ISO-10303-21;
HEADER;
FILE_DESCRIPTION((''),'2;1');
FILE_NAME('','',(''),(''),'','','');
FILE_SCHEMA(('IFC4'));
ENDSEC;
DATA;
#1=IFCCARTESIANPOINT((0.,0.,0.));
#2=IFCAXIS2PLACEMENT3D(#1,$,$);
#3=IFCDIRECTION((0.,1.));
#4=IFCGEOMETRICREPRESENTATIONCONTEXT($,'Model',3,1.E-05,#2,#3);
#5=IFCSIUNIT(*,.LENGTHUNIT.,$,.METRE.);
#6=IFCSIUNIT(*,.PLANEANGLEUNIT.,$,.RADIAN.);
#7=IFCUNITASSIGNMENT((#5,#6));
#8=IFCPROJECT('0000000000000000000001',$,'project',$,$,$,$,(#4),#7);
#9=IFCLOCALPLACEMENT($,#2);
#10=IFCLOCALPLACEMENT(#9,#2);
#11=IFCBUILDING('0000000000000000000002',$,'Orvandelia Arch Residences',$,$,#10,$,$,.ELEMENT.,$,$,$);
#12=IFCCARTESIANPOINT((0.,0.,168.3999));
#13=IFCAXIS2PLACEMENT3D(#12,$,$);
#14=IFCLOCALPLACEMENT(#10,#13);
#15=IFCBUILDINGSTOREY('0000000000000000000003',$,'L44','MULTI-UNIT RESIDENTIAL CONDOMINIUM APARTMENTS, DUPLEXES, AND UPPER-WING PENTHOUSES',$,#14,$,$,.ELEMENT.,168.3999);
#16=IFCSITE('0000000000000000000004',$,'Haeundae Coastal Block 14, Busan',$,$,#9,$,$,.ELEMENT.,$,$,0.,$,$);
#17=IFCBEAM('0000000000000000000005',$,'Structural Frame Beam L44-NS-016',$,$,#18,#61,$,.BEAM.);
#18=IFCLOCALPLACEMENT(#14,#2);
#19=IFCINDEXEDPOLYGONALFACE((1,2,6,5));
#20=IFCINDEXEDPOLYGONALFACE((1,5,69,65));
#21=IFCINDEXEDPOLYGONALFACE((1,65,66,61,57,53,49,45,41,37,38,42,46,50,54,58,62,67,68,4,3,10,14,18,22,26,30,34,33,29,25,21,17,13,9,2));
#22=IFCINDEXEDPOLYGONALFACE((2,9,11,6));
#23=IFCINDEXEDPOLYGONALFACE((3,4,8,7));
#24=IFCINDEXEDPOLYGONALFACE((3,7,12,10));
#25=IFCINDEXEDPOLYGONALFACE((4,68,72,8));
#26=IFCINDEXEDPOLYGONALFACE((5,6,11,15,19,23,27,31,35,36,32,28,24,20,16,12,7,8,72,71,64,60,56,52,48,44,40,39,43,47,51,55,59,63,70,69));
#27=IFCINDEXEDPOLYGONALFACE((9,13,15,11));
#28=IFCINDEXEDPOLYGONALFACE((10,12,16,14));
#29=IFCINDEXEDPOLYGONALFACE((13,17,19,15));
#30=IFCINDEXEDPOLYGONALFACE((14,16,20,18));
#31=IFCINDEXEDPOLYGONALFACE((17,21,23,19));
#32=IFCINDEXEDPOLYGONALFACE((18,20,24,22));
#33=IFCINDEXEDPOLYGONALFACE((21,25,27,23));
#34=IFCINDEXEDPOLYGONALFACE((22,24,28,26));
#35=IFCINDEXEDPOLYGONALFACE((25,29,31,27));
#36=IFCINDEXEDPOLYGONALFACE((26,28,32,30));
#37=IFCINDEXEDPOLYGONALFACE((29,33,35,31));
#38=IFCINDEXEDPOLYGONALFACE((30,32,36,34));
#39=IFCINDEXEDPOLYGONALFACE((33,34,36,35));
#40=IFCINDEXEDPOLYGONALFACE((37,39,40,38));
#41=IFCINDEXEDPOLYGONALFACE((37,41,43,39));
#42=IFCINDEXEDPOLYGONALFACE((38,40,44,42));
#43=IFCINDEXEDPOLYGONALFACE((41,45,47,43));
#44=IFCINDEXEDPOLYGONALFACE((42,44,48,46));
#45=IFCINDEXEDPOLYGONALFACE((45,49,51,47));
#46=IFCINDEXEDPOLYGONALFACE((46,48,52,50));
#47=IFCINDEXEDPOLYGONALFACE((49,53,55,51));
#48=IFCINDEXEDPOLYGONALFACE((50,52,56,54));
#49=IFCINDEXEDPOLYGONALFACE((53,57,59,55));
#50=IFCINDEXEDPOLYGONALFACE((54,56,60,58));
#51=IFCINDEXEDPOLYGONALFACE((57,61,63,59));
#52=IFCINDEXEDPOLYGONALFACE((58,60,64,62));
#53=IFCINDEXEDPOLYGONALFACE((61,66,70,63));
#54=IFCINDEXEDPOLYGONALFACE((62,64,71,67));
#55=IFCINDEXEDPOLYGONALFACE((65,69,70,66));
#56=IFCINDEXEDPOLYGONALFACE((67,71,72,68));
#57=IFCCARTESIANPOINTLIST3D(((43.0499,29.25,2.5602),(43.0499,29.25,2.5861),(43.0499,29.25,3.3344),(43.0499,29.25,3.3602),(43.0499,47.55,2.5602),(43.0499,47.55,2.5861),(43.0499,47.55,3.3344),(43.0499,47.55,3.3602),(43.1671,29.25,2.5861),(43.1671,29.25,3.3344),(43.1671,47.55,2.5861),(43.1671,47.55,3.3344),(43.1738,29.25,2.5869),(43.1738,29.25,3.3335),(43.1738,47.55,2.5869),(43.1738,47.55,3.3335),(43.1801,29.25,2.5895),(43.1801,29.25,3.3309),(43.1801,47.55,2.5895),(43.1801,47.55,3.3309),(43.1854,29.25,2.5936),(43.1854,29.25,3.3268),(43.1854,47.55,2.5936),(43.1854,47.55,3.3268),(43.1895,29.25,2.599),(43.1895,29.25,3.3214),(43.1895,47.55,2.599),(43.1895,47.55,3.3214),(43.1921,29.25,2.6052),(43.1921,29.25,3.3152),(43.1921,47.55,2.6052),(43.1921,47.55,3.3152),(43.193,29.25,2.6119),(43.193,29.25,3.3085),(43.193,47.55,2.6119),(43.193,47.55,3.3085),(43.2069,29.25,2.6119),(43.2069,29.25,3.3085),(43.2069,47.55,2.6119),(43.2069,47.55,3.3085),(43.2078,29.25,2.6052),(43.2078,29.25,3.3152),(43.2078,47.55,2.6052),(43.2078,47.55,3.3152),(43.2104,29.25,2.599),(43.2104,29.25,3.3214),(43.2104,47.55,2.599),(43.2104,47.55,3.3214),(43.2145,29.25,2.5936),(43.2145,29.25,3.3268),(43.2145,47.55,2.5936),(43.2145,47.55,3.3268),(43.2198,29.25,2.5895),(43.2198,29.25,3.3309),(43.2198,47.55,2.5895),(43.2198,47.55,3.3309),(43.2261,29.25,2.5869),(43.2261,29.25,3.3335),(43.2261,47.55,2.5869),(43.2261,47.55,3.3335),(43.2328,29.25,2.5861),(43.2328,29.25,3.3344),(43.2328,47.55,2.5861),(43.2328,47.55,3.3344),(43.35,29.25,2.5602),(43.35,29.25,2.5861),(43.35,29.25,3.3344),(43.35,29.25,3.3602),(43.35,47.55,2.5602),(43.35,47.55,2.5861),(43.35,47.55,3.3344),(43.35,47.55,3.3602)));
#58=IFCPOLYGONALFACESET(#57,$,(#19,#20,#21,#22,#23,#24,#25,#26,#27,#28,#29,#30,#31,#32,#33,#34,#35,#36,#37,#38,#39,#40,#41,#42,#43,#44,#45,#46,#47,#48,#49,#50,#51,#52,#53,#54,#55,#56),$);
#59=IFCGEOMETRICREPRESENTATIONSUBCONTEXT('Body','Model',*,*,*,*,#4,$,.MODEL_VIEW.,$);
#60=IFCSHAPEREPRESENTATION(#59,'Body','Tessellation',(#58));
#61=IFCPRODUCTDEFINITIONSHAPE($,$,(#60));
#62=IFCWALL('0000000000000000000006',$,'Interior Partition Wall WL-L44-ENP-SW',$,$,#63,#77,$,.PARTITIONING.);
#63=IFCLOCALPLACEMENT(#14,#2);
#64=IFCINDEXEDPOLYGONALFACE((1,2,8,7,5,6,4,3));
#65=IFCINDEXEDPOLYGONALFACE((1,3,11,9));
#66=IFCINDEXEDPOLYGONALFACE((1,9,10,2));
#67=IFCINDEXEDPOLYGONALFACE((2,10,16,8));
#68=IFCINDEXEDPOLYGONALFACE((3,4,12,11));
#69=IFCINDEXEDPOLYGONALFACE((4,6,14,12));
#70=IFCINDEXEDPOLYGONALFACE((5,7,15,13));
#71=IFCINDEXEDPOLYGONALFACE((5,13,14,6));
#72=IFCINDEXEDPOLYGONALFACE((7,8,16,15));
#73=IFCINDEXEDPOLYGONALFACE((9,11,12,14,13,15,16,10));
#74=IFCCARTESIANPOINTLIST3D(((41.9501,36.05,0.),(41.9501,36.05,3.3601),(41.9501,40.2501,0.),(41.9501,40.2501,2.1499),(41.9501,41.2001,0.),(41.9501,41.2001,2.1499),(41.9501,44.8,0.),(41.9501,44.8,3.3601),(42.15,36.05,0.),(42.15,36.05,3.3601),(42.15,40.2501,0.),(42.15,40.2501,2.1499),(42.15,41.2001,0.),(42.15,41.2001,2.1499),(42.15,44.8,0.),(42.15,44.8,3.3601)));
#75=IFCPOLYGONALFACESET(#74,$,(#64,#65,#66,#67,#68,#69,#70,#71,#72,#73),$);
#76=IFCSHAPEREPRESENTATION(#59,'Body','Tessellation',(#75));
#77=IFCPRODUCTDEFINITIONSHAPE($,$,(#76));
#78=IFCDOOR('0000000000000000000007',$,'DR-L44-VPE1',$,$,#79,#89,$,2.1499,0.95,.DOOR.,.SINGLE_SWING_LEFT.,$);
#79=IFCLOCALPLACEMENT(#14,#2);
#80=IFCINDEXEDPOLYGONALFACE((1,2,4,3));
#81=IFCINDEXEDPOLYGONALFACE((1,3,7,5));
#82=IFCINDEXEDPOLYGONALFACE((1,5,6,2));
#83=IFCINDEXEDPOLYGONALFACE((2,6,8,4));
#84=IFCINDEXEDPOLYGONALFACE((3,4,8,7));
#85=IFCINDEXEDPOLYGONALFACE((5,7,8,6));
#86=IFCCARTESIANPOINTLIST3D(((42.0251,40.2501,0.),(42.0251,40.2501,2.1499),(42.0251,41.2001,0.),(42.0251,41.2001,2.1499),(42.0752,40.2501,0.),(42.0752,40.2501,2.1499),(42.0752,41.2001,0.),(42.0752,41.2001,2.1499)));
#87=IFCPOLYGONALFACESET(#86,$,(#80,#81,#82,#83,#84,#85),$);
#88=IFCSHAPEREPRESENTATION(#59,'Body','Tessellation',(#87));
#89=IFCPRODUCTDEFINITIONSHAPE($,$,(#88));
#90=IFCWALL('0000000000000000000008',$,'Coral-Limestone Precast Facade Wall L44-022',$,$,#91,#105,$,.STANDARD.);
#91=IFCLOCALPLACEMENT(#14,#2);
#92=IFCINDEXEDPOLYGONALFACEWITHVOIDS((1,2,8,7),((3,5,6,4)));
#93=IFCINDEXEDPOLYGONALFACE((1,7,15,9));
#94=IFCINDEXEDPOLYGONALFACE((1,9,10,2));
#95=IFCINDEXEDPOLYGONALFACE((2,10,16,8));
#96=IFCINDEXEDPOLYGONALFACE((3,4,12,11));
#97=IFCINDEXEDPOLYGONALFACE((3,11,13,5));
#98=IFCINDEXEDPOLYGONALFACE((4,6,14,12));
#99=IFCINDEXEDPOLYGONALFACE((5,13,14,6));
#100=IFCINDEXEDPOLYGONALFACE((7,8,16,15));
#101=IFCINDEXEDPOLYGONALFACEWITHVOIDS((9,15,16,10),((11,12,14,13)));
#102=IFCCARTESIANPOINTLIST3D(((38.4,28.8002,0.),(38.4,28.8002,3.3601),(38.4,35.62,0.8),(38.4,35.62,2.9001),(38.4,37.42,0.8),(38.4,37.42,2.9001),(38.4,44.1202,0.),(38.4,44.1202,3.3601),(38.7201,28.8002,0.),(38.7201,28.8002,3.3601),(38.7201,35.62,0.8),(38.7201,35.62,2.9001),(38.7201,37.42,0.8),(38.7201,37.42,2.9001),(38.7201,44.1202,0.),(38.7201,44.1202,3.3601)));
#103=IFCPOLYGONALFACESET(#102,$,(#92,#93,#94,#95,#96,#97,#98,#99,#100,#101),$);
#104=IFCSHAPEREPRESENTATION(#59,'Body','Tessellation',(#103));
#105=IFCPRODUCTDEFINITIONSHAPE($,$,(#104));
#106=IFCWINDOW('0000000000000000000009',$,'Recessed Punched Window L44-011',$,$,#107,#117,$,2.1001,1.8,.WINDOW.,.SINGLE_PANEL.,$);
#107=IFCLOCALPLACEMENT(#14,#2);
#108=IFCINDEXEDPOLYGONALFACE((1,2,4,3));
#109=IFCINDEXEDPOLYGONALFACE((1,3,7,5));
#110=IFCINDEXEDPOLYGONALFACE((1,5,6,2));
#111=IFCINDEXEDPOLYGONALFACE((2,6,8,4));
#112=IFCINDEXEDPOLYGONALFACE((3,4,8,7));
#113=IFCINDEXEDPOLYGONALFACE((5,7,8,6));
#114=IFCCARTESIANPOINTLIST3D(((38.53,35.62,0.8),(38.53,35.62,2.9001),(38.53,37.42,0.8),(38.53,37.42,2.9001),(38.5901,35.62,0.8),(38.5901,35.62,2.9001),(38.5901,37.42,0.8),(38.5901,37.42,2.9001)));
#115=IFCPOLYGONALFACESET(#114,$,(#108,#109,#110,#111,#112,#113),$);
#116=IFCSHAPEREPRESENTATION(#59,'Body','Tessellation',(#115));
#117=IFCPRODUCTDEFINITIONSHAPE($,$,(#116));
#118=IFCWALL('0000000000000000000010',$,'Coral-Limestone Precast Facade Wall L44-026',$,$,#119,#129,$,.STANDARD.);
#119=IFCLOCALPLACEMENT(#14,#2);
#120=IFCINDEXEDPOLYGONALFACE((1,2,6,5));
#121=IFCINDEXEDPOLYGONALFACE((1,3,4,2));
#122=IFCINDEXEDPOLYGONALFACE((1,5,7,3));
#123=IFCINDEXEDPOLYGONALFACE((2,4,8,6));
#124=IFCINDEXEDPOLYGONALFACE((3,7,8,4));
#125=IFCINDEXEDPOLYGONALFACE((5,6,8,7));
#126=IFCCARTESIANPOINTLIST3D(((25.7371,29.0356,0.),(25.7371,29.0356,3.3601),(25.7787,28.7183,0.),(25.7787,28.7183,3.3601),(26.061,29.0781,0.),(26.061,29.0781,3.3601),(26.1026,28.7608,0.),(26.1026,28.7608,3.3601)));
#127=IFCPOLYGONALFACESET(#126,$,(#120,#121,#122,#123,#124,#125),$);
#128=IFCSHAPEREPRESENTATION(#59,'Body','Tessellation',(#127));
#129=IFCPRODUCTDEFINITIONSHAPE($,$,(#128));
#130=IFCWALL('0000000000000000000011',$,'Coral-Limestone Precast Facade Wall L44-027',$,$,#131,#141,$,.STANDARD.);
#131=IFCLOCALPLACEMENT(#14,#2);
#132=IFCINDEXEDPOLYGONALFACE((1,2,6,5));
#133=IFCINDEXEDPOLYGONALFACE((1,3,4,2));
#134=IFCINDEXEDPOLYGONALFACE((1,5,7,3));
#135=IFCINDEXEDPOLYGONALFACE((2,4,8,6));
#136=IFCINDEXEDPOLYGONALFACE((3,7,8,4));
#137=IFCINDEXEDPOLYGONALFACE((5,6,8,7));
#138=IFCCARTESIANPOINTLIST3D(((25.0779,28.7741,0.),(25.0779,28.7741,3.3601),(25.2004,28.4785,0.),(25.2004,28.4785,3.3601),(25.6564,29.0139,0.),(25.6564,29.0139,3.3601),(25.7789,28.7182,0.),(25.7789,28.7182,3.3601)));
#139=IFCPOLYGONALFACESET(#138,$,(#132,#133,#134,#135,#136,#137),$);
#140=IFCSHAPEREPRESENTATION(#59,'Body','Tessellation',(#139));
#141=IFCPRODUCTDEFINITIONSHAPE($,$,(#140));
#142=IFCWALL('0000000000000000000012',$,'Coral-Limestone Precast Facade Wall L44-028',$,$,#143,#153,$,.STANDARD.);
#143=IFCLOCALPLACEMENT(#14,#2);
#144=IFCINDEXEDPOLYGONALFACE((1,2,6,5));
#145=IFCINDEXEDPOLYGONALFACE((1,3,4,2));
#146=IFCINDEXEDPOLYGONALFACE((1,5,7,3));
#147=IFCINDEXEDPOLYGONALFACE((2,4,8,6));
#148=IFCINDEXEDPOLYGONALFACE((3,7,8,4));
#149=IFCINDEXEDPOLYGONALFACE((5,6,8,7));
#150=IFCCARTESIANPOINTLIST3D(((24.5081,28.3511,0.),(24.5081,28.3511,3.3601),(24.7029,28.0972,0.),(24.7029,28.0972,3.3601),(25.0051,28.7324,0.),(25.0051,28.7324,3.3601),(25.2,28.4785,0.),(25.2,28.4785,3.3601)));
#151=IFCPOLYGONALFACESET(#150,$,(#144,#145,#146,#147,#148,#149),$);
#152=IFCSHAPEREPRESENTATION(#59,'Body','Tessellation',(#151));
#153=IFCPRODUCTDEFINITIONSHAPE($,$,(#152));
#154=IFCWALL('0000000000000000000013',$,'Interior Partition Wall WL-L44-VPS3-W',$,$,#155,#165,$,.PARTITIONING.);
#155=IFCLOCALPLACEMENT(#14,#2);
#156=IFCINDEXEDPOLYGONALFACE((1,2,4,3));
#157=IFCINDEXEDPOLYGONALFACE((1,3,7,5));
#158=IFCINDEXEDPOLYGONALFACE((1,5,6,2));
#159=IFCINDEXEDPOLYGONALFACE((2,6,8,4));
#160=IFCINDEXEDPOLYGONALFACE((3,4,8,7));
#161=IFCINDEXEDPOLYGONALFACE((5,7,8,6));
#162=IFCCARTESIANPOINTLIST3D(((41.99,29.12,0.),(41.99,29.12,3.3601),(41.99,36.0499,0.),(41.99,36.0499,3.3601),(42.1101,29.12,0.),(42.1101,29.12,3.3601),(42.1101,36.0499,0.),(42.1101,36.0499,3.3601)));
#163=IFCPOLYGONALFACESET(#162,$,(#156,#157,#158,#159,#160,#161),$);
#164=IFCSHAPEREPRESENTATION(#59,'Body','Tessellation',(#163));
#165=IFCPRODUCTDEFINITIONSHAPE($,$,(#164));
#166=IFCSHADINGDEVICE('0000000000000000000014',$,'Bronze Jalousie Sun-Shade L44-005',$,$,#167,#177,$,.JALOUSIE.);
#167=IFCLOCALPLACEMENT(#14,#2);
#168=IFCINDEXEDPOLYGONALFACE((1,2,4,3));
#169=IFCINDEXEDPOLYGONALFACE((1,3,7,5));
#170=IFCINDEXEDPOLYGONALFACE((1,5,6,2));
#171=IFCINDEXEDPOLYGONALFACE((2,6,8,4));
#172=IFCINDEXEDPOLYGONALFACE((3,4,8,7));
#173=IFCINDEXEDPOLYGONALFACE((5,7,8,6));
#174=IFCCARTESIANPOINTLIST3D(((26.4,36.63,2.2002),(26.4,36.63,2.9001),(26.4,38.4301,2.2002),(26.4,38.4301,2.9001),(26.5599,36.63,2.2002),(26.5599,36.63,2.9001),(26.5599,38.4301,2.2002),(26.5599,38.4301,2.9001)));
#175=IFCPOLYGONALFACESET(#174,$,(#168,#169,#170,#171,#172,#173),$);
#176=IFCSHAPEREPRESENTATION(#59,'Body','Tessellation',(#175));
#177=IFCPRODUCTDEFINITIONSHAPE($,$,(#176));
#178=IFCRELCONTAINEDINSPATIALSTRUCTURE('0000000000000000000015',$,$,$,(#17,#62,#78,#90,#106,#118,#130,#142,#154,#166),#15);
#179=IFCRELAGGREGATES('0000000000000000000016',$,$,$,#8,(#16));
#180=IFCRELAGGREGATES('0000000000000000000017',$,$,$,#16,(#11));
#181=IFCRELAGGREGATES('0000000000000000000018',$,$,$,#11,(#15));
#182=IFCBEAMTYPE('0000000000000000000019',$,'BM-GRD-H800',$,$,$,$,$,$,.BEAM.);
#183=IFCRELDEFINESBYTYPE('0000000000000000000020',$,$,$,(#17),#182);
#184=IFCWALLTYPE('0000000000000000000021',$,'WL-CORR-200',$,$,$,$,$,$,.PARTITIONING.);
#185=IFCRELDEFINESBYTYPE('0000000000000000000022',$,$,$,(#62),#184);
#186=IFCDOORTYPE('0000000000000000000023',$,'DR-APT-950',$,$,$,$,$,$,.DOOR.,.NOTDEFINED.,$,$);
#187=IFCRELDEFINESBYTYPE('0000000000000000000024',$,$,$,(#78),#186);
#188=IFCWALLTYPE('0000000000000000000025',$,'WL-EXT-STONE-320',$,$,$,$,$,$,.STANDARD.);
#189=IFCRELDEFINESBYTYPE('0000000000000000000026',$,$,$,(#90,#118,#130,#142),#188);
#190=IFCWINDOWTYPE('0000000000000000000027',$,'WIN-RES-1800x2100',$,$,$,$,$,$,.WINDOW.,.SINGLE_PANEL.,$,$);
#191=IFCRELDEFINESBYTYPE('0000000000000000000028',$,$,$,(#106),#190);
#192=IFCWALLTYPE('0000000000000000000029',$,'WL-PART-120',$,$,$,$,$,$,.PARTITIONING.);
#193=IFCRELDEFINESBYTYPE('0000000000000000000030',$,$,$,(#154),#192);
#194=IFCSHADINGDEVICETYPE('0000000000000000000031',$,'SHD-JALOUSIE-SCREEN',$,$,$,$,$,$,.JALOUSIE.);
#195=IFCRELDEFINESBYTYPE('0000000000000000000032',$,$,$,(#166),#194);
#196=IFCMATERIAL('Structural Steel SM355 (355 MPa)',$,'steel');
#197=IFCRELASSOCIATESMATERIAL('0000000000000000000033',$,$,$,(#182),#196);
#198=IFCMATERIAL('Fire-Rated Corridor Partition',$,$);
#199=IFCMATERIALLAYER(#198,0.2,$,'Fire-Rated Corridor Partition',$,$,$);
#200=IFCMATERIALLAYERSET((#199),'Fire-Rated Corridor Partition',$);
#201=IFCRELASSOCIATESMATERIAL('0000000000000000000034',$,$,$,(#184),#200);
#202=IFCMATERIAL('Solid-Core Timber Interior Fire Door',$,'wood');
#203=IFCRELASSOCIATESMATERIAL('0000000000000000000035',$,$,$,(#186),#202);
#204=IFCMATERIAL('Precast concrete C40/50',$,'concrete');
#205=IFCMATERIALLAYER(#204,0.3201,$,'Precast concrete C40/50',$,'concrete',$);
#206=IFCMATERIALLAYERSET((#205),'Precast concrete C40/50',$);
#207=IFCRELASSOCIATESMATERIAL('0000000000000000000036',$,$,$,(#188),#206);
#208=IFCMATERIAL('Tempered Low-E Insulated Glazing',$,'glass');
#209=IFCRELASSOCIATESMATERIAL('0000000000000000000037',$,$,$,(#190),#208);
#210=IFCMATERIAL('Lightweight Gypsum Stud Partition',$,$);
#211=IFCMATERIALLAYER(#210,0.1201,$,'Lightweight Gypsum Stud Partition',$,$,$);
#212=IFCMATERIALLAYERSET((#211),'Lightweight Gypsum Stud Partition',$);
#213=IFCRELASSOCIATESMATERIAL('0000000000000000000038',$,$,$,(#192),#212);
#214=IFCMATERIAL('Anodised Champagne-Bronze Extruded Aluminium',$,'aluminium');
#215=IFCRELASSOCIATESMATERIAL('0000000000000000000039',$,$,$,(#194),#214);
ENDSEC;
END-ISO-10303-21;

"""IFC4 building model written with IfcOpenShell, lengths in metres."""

from ifc_helpers import new_model, si_unit, direction, frame, frame_2d, origin, origin_2d, place, context, subcontext, project, spatial, rectangle, i_section, extrude, material, layer, layer_set, material_profile, profile_set, type_object, element, fill, save


model = new_model("IFC4")

# Units and contexts
model_context = context("Model", 3, precision=1e-05, world=origin(), true_north=direction((0.0, 1.0)))
body_context = subcontext(model_context, "Body", "Model", "MODEL_VIEW")
ifc_project = project(units=[si_unit("LENGTHUNIT", "METRE"), si_unit("PLANEANGLEUNIT", "RADIAN")], contexts=[model_context])

# Site, building, storey
site_placement = place(None, origin())
site = spatial("IfcSite", under=ifc_project, at=site_placement, Name="Haeundae Coastal Block 14, Busan", CompositionType="ELEMENT", RefElevation=0.0)
building_placement = place(site_placement, origin())
building = spatial("IfcBuilding", under=site, at=building_placement, Name="Orvandelia Arch Residences", CompositionType="ELEMENT")
storey_placement = place(building_placement, frame((0.0, 0.0, 168.3999)))
storey = spatial("IfcBuildingStorey", under=building, at=storey_placement, Name="L44", Description="MULTI-UNIT RESIDENTIAL CONDOMINIUM APARTMENTS, DUPLEXES, AND UPPER-WING PENTHOUSES", CompositionType="ELEMENT", Elevation=168.3999)

# Beam
ifc_material_1 = material(Name="Structural Steel SM355 (355 MPa)", Category="steel")
ifc_material_profile_1 = material_profile(ifc_material_1, i_section(OverallWidth=0.3, OverallDepth=0.8, WebThickness=0.0139, FlangeThickness=0.0259, FilletRadius=0.0259, at=origin_2d()), Name="Structural Steel SM355 (355 MPa)", Category="steel")
ifc_profile_set_1 = profile_set([ifc_material_profile_1], Name="Structural Steel SM355 (355 MPa)")
beam_type = type_object("IfcBeamType", Name="BM-GRD-H800", PredefinedType="BEAM", material=ifc_profile_set_1)
beam_1_placement = place(storey_placement, frame((43.2, 29.25, 2.9602), z_axis=(0.0, 1.0, 0.0), x_axis=(-1.0, 0.0, 0.0)))
element("IfcBeam", 1, at=beam_1_placement, inside=storey, type_object=beam_type, Name="Structural Frame Beam L44-NS-016", PredefinedType="BEAM", context=body_context, shape_type="SweptSolid", body=[
    extrude(i_section(OverallWidth=0.3, OverallDepth=0.8, WebThickness=0.0139, FlangeThickness=0.0259, FilletRadius=0.0259, at=origin_2d()), origin(), (0.0, 0.0, 1.0), 18.3),
])

# Wall, opening, door
ifc_material_2 = material(Name="Fire-Rated Corridor Partition")
ifc_layer_1 = layer(ifc_material_2, 0.2, Name="Fire-Rated Corridor Partition")
ifc_layer_set_1 = layer_set([ifc_layer_1], Name="Fire-Rated Corridor Partition")
wall_type_1 = type_object("IfcWallType", Name="WL-CORR-200", PredefinedType="PARTITIONING", material=ifc_layer_set_1)
wall_1_placement = place(storey_placement, frame((42.05, 36.05, 0.0), z_axis=(0.0, 0.0, 1.0), x_axis=(0.0, 1.0, 0.0)))
wall_1 = element("IfcWall", 2, at=wall_1_placement, inside=storey, type_object=wall_type_1, Name="Interior Partition Wall WL-L44-ENP-SW", PredefinedType="PARTITIONING", context=body_context, shape_type="SweptSolid", body=[
    extrude(rectangle(XDim=8.75, YDim=0.2, at=frame_2d((4.375, 0.0))), origin(), (0.0, 0.0, 1.0), 3.3601),
])
opening_1_placement = place(wall_1_placement, frame((4.2, 0.0, 0.0)))
opening_1 = element("IfcOpeningElement", 3, at=opening_1_placement, cuts=wall_1, PredefinedType="OPENING", context=body_context, shape_type="SweptSolid", body=[
    extrude(rectangle(XDim=0.95, YDim=2.1499, at=frame_2d((0.4751, 1.075))), frame((0.0, 0.1099, 0.0), z_axis=(0.0, -1.0, 0.0), x_axis=(1.0, 0.0, 0.0)), (0.0, 0.0, 1.0), 0.22),
])
ifc_material_3 = material(Name="Solid-Core Timber Interior Fire Door", Category="wood")
door_type_1 = type_object("IfcDoorType", Name="DR-APT-950", OperationType="NOTDEFINED", PredefinedType="DOOR", material=ifc_material_3)
door_1_placement = place(opening_1_placement, origin())
door_1 = element("IfcDoor", 4, at=door_1_placement, inside=storey, type_object=door_type_1, Name="DR-L44-VPE1", OperationType="SINGLE_SWING_LEFT", OverallHeight=2.1499, OverallWidth=0.95, PredefinedType="DOOR", context=body_context, shape_type="SweptSolid", body=[
    extrude(rectangle(XDim=0.95, YDim=2.1499, at=frame_2d((0.4751, 1.075))), frame((0.0, 0.0249, 0.0), z_axis=(0.0, -1.0, 0.0), x_axis=(1.0, 0.0, 0.0)), (0.0, 0.0, 1.0), 0.05),
])
fill(opening_1, door_1)

# Wall, opening, window
ifc_material_4 = material(Name="Precast concrete C40/50", Category="concrete")
ifc_layer_2 = layer(ifc_material_4, 0.3201, Name="Precast concrete C40/50", Category="concrete")
ifc_layer_set_2 = layer_set([ifc_layer_2], Name="Precast concrete C40/50")
wall_type_2 = type_object("IfcWallType", Name="WL-EXT-STONE-320", PredefinedType="STANDARD", material=ifc_layer_set_2)
wall_2_placement = place(storey_placement, frame((38.5601, 28.8, 0.0), z_axis=(0.0, 0.0, 1.0), x_axis=(0.0, 1.0, 0.0)))
wall_2 = element("IfcWall", 5, at=wall_2_placement, inside=storey, type_object=wall_type_2, Name="Coral-Limestone Precast Facade Wall L44-022", PredefinedType="STANDARD", context=body_context, shape_type="SweptSolid", body=[
    extrude(rectangle(XDim=15.3201, YDim=0.3201, at=frame_2d((7.6602, 0.0))), origin(), (0.0, 0.0, 1.0), 3.3601),
])
opening_2_placement = place(wall_2_placement, frame((6.8201, 0.0, 0.8)))
opening_2 = element("IfcOpeningElement", 6, at=opening_2_placement, cuts=wall_2, PredefinedType="OPENING", context=body_context, shape_type="SweptSolid", body=[
    extrude(rectangle(XDim=1.8, YDim=2.1001, at=frame_2d((0.8999, 1.05))), frame((0.0, 0.1699, 0.0), z_axis=(0.0, -1.0, 0.0), x_axis=(1.0, 0.0, 0.0)), (0.0, 0.0, 1.0), 0.3401),
])
ifc_material_5 = material(Name="Tempered Low-E Insulated Glazing", Category="glass")
window_type = type_object("IfcWindowType", Name="WIN-RES-1800x2100", PartitioningType="SINGLE_PANEL", PredefinedType="WINDOW", material=ifc_material_5)
window_placement = place(opening_2_placement, origin())
window = element("IfcWindow", 7, at=window_placement, inside=storey, type_object=window_type, Name="Recessed Punched Window L44-011", OverallHeight=2.1001, OverallWidth=1.8, PartitioningType="SINGLE_PANEL", PredefinedType="WINDOW", context=body_context, shape_type="SweptSolid", body=[
    extrude(rectangle(XDim=1.8, YDim=2.1001, at=frame_2d((0.8999, 1.05))), frame((0.0, 0.03, 0.0), z_axis=(0.0, -1.0, 0.0), x_axis=(1.0, 0.0, 0.0)), (0.0, 0.0, 1.0), 0.0601),
])
fill(opening_2, window)

# Walls
wall_3_placement = place(storey_placement, frame((26.0818, 28.9194, 0.0), z_axis=(0.0, 0.0, 1.0), x_axis=(-0.991513, -0.13001, 0.0)))
element("IfcWall", 8, at=wall_3_placement, inside=storey, type_object=wall_type_2, Name="Coral-Limestone Precast Facade Wall L44-026", PredefinedType="STANDARD", context=body_context, shape_type="SweptSolid", body=[
    extrude(rectangle(XDim=0.3267, YDim=0.3201, at=frame_2d((0.1633, 0.0))), origin(), (0.0, 0.0, 1.0), 3.3601),
])
wall_4_placement = place(storey_placement, frame((25.7175, 28.866, 0.0), z_axis=(0.0, 0.0, 1.0), x_axis=(-0.923836, -0.382788, 0.0)))
element("IfcWall", 9, at=wall_4_placement, inside=storey, type_object=wall_type_2, Name="Coral-Limestone Precast Facade Wall L44-027", PredefinedType="STANDARD", context=body_context, shape_type="SweptSolid", body=[
    extrude(rectangle(XDim=0.6262, YDim=0.3201, at=frame_2d((0.313, 0.0))), origin(), (0.0, 0.0, 1.0), 3.3601),
])
wall_5_placement = place(storey_placement, frame((25.1025, 28.6055, 0.0), z_axis=(0.0, 0.0, 1.0), x_axis=(-0.793406, -0.608693, 0.0)))
element("IfcWall", 10, at=wall_5_placement, inside=storey, type_object=wall_type_2, Name="Coral-Limestone Precast Facade Wall L44-028", PredefinedType="STANDARD", context=body_context, shape_type="SweptSolid", body=[
    extrude(rectangle(XDim=0.6265, YDim=0.3201, at=frame_2d((0.3132, 0.0))), origin(), (0.0, 0.0, 1.0), 3.3601),
])

# Shared definitions
ifc_material_6 = material(Name="Lightweight Gypsum Stud Partition")
ifc_layer_3 = layer(ifc_material_6, 0.1201, Name="Lightweight Gypsum Stud Partition")
ifc_layer_set_3 = layer_set([ifc_layer_3], Name="Lightweight Gypsum Stud Partition")
wall_type_3 = type_object("IfcWallType", Name="WL-PART-120", PredefinedType="PARTITIONING", material=ifc_layer_set_3)

# Wall
wall_6_placement = place(storey_placement, frame((42.05, 29.1201, 0.0), z_axis=(0.0, 0.0, 1.0), x_axis=(0.0, 1.0, 0.0)))
element("IfcWall", 11, at=wall_6_placement, inside=storey, type_object=wall_type_3, Name="Interior Partition Wall WL-L44-VPS3-W", PredefinedType="PARTITIONING", context=body_context, shape_type="SweptSolid", body=[
    extrude(rectangle(XDim=6.9299, YDim=0.1201, at=frame_2d((3.4648, 0.0))), origin(), (0.0, 0.0, 1.0), 3.3601),
])

# Shading device
ifc_material_7 = material(Name="Anodised Champagne-Bronze Extruded Aluminium", Category="aluminium")
shading_device_type = type_object("IfcShadingDeviceType", Name="SHD-JALOUSIE-SCREEN", PredefinedType="JALOUSIE", material=ifc_material_7)
shading_device_placement = place(storey_placement, frame((26.48, 37.53, 2.2002), z_axis=(0.0, 0.0, 1.0), x_axis=(0.0, -1.0, 0.0)))
element("IfcShadingDevice", 12, at=shading_device_placement, inside=storey, type_object=shading_device_type, Name="Bronze Jalousie Sun-Shade L44-005", PredefinedType="JALOUSIE", context=body_context, shape_type="SweptSolid", body=[
    extrude(rectangle(XDim=1.8, YDim=0.1599, at=origin_2d()), origin(), (0.0, 0.0, 1.0), 0.7),
])

save(model, "model.ifc")
